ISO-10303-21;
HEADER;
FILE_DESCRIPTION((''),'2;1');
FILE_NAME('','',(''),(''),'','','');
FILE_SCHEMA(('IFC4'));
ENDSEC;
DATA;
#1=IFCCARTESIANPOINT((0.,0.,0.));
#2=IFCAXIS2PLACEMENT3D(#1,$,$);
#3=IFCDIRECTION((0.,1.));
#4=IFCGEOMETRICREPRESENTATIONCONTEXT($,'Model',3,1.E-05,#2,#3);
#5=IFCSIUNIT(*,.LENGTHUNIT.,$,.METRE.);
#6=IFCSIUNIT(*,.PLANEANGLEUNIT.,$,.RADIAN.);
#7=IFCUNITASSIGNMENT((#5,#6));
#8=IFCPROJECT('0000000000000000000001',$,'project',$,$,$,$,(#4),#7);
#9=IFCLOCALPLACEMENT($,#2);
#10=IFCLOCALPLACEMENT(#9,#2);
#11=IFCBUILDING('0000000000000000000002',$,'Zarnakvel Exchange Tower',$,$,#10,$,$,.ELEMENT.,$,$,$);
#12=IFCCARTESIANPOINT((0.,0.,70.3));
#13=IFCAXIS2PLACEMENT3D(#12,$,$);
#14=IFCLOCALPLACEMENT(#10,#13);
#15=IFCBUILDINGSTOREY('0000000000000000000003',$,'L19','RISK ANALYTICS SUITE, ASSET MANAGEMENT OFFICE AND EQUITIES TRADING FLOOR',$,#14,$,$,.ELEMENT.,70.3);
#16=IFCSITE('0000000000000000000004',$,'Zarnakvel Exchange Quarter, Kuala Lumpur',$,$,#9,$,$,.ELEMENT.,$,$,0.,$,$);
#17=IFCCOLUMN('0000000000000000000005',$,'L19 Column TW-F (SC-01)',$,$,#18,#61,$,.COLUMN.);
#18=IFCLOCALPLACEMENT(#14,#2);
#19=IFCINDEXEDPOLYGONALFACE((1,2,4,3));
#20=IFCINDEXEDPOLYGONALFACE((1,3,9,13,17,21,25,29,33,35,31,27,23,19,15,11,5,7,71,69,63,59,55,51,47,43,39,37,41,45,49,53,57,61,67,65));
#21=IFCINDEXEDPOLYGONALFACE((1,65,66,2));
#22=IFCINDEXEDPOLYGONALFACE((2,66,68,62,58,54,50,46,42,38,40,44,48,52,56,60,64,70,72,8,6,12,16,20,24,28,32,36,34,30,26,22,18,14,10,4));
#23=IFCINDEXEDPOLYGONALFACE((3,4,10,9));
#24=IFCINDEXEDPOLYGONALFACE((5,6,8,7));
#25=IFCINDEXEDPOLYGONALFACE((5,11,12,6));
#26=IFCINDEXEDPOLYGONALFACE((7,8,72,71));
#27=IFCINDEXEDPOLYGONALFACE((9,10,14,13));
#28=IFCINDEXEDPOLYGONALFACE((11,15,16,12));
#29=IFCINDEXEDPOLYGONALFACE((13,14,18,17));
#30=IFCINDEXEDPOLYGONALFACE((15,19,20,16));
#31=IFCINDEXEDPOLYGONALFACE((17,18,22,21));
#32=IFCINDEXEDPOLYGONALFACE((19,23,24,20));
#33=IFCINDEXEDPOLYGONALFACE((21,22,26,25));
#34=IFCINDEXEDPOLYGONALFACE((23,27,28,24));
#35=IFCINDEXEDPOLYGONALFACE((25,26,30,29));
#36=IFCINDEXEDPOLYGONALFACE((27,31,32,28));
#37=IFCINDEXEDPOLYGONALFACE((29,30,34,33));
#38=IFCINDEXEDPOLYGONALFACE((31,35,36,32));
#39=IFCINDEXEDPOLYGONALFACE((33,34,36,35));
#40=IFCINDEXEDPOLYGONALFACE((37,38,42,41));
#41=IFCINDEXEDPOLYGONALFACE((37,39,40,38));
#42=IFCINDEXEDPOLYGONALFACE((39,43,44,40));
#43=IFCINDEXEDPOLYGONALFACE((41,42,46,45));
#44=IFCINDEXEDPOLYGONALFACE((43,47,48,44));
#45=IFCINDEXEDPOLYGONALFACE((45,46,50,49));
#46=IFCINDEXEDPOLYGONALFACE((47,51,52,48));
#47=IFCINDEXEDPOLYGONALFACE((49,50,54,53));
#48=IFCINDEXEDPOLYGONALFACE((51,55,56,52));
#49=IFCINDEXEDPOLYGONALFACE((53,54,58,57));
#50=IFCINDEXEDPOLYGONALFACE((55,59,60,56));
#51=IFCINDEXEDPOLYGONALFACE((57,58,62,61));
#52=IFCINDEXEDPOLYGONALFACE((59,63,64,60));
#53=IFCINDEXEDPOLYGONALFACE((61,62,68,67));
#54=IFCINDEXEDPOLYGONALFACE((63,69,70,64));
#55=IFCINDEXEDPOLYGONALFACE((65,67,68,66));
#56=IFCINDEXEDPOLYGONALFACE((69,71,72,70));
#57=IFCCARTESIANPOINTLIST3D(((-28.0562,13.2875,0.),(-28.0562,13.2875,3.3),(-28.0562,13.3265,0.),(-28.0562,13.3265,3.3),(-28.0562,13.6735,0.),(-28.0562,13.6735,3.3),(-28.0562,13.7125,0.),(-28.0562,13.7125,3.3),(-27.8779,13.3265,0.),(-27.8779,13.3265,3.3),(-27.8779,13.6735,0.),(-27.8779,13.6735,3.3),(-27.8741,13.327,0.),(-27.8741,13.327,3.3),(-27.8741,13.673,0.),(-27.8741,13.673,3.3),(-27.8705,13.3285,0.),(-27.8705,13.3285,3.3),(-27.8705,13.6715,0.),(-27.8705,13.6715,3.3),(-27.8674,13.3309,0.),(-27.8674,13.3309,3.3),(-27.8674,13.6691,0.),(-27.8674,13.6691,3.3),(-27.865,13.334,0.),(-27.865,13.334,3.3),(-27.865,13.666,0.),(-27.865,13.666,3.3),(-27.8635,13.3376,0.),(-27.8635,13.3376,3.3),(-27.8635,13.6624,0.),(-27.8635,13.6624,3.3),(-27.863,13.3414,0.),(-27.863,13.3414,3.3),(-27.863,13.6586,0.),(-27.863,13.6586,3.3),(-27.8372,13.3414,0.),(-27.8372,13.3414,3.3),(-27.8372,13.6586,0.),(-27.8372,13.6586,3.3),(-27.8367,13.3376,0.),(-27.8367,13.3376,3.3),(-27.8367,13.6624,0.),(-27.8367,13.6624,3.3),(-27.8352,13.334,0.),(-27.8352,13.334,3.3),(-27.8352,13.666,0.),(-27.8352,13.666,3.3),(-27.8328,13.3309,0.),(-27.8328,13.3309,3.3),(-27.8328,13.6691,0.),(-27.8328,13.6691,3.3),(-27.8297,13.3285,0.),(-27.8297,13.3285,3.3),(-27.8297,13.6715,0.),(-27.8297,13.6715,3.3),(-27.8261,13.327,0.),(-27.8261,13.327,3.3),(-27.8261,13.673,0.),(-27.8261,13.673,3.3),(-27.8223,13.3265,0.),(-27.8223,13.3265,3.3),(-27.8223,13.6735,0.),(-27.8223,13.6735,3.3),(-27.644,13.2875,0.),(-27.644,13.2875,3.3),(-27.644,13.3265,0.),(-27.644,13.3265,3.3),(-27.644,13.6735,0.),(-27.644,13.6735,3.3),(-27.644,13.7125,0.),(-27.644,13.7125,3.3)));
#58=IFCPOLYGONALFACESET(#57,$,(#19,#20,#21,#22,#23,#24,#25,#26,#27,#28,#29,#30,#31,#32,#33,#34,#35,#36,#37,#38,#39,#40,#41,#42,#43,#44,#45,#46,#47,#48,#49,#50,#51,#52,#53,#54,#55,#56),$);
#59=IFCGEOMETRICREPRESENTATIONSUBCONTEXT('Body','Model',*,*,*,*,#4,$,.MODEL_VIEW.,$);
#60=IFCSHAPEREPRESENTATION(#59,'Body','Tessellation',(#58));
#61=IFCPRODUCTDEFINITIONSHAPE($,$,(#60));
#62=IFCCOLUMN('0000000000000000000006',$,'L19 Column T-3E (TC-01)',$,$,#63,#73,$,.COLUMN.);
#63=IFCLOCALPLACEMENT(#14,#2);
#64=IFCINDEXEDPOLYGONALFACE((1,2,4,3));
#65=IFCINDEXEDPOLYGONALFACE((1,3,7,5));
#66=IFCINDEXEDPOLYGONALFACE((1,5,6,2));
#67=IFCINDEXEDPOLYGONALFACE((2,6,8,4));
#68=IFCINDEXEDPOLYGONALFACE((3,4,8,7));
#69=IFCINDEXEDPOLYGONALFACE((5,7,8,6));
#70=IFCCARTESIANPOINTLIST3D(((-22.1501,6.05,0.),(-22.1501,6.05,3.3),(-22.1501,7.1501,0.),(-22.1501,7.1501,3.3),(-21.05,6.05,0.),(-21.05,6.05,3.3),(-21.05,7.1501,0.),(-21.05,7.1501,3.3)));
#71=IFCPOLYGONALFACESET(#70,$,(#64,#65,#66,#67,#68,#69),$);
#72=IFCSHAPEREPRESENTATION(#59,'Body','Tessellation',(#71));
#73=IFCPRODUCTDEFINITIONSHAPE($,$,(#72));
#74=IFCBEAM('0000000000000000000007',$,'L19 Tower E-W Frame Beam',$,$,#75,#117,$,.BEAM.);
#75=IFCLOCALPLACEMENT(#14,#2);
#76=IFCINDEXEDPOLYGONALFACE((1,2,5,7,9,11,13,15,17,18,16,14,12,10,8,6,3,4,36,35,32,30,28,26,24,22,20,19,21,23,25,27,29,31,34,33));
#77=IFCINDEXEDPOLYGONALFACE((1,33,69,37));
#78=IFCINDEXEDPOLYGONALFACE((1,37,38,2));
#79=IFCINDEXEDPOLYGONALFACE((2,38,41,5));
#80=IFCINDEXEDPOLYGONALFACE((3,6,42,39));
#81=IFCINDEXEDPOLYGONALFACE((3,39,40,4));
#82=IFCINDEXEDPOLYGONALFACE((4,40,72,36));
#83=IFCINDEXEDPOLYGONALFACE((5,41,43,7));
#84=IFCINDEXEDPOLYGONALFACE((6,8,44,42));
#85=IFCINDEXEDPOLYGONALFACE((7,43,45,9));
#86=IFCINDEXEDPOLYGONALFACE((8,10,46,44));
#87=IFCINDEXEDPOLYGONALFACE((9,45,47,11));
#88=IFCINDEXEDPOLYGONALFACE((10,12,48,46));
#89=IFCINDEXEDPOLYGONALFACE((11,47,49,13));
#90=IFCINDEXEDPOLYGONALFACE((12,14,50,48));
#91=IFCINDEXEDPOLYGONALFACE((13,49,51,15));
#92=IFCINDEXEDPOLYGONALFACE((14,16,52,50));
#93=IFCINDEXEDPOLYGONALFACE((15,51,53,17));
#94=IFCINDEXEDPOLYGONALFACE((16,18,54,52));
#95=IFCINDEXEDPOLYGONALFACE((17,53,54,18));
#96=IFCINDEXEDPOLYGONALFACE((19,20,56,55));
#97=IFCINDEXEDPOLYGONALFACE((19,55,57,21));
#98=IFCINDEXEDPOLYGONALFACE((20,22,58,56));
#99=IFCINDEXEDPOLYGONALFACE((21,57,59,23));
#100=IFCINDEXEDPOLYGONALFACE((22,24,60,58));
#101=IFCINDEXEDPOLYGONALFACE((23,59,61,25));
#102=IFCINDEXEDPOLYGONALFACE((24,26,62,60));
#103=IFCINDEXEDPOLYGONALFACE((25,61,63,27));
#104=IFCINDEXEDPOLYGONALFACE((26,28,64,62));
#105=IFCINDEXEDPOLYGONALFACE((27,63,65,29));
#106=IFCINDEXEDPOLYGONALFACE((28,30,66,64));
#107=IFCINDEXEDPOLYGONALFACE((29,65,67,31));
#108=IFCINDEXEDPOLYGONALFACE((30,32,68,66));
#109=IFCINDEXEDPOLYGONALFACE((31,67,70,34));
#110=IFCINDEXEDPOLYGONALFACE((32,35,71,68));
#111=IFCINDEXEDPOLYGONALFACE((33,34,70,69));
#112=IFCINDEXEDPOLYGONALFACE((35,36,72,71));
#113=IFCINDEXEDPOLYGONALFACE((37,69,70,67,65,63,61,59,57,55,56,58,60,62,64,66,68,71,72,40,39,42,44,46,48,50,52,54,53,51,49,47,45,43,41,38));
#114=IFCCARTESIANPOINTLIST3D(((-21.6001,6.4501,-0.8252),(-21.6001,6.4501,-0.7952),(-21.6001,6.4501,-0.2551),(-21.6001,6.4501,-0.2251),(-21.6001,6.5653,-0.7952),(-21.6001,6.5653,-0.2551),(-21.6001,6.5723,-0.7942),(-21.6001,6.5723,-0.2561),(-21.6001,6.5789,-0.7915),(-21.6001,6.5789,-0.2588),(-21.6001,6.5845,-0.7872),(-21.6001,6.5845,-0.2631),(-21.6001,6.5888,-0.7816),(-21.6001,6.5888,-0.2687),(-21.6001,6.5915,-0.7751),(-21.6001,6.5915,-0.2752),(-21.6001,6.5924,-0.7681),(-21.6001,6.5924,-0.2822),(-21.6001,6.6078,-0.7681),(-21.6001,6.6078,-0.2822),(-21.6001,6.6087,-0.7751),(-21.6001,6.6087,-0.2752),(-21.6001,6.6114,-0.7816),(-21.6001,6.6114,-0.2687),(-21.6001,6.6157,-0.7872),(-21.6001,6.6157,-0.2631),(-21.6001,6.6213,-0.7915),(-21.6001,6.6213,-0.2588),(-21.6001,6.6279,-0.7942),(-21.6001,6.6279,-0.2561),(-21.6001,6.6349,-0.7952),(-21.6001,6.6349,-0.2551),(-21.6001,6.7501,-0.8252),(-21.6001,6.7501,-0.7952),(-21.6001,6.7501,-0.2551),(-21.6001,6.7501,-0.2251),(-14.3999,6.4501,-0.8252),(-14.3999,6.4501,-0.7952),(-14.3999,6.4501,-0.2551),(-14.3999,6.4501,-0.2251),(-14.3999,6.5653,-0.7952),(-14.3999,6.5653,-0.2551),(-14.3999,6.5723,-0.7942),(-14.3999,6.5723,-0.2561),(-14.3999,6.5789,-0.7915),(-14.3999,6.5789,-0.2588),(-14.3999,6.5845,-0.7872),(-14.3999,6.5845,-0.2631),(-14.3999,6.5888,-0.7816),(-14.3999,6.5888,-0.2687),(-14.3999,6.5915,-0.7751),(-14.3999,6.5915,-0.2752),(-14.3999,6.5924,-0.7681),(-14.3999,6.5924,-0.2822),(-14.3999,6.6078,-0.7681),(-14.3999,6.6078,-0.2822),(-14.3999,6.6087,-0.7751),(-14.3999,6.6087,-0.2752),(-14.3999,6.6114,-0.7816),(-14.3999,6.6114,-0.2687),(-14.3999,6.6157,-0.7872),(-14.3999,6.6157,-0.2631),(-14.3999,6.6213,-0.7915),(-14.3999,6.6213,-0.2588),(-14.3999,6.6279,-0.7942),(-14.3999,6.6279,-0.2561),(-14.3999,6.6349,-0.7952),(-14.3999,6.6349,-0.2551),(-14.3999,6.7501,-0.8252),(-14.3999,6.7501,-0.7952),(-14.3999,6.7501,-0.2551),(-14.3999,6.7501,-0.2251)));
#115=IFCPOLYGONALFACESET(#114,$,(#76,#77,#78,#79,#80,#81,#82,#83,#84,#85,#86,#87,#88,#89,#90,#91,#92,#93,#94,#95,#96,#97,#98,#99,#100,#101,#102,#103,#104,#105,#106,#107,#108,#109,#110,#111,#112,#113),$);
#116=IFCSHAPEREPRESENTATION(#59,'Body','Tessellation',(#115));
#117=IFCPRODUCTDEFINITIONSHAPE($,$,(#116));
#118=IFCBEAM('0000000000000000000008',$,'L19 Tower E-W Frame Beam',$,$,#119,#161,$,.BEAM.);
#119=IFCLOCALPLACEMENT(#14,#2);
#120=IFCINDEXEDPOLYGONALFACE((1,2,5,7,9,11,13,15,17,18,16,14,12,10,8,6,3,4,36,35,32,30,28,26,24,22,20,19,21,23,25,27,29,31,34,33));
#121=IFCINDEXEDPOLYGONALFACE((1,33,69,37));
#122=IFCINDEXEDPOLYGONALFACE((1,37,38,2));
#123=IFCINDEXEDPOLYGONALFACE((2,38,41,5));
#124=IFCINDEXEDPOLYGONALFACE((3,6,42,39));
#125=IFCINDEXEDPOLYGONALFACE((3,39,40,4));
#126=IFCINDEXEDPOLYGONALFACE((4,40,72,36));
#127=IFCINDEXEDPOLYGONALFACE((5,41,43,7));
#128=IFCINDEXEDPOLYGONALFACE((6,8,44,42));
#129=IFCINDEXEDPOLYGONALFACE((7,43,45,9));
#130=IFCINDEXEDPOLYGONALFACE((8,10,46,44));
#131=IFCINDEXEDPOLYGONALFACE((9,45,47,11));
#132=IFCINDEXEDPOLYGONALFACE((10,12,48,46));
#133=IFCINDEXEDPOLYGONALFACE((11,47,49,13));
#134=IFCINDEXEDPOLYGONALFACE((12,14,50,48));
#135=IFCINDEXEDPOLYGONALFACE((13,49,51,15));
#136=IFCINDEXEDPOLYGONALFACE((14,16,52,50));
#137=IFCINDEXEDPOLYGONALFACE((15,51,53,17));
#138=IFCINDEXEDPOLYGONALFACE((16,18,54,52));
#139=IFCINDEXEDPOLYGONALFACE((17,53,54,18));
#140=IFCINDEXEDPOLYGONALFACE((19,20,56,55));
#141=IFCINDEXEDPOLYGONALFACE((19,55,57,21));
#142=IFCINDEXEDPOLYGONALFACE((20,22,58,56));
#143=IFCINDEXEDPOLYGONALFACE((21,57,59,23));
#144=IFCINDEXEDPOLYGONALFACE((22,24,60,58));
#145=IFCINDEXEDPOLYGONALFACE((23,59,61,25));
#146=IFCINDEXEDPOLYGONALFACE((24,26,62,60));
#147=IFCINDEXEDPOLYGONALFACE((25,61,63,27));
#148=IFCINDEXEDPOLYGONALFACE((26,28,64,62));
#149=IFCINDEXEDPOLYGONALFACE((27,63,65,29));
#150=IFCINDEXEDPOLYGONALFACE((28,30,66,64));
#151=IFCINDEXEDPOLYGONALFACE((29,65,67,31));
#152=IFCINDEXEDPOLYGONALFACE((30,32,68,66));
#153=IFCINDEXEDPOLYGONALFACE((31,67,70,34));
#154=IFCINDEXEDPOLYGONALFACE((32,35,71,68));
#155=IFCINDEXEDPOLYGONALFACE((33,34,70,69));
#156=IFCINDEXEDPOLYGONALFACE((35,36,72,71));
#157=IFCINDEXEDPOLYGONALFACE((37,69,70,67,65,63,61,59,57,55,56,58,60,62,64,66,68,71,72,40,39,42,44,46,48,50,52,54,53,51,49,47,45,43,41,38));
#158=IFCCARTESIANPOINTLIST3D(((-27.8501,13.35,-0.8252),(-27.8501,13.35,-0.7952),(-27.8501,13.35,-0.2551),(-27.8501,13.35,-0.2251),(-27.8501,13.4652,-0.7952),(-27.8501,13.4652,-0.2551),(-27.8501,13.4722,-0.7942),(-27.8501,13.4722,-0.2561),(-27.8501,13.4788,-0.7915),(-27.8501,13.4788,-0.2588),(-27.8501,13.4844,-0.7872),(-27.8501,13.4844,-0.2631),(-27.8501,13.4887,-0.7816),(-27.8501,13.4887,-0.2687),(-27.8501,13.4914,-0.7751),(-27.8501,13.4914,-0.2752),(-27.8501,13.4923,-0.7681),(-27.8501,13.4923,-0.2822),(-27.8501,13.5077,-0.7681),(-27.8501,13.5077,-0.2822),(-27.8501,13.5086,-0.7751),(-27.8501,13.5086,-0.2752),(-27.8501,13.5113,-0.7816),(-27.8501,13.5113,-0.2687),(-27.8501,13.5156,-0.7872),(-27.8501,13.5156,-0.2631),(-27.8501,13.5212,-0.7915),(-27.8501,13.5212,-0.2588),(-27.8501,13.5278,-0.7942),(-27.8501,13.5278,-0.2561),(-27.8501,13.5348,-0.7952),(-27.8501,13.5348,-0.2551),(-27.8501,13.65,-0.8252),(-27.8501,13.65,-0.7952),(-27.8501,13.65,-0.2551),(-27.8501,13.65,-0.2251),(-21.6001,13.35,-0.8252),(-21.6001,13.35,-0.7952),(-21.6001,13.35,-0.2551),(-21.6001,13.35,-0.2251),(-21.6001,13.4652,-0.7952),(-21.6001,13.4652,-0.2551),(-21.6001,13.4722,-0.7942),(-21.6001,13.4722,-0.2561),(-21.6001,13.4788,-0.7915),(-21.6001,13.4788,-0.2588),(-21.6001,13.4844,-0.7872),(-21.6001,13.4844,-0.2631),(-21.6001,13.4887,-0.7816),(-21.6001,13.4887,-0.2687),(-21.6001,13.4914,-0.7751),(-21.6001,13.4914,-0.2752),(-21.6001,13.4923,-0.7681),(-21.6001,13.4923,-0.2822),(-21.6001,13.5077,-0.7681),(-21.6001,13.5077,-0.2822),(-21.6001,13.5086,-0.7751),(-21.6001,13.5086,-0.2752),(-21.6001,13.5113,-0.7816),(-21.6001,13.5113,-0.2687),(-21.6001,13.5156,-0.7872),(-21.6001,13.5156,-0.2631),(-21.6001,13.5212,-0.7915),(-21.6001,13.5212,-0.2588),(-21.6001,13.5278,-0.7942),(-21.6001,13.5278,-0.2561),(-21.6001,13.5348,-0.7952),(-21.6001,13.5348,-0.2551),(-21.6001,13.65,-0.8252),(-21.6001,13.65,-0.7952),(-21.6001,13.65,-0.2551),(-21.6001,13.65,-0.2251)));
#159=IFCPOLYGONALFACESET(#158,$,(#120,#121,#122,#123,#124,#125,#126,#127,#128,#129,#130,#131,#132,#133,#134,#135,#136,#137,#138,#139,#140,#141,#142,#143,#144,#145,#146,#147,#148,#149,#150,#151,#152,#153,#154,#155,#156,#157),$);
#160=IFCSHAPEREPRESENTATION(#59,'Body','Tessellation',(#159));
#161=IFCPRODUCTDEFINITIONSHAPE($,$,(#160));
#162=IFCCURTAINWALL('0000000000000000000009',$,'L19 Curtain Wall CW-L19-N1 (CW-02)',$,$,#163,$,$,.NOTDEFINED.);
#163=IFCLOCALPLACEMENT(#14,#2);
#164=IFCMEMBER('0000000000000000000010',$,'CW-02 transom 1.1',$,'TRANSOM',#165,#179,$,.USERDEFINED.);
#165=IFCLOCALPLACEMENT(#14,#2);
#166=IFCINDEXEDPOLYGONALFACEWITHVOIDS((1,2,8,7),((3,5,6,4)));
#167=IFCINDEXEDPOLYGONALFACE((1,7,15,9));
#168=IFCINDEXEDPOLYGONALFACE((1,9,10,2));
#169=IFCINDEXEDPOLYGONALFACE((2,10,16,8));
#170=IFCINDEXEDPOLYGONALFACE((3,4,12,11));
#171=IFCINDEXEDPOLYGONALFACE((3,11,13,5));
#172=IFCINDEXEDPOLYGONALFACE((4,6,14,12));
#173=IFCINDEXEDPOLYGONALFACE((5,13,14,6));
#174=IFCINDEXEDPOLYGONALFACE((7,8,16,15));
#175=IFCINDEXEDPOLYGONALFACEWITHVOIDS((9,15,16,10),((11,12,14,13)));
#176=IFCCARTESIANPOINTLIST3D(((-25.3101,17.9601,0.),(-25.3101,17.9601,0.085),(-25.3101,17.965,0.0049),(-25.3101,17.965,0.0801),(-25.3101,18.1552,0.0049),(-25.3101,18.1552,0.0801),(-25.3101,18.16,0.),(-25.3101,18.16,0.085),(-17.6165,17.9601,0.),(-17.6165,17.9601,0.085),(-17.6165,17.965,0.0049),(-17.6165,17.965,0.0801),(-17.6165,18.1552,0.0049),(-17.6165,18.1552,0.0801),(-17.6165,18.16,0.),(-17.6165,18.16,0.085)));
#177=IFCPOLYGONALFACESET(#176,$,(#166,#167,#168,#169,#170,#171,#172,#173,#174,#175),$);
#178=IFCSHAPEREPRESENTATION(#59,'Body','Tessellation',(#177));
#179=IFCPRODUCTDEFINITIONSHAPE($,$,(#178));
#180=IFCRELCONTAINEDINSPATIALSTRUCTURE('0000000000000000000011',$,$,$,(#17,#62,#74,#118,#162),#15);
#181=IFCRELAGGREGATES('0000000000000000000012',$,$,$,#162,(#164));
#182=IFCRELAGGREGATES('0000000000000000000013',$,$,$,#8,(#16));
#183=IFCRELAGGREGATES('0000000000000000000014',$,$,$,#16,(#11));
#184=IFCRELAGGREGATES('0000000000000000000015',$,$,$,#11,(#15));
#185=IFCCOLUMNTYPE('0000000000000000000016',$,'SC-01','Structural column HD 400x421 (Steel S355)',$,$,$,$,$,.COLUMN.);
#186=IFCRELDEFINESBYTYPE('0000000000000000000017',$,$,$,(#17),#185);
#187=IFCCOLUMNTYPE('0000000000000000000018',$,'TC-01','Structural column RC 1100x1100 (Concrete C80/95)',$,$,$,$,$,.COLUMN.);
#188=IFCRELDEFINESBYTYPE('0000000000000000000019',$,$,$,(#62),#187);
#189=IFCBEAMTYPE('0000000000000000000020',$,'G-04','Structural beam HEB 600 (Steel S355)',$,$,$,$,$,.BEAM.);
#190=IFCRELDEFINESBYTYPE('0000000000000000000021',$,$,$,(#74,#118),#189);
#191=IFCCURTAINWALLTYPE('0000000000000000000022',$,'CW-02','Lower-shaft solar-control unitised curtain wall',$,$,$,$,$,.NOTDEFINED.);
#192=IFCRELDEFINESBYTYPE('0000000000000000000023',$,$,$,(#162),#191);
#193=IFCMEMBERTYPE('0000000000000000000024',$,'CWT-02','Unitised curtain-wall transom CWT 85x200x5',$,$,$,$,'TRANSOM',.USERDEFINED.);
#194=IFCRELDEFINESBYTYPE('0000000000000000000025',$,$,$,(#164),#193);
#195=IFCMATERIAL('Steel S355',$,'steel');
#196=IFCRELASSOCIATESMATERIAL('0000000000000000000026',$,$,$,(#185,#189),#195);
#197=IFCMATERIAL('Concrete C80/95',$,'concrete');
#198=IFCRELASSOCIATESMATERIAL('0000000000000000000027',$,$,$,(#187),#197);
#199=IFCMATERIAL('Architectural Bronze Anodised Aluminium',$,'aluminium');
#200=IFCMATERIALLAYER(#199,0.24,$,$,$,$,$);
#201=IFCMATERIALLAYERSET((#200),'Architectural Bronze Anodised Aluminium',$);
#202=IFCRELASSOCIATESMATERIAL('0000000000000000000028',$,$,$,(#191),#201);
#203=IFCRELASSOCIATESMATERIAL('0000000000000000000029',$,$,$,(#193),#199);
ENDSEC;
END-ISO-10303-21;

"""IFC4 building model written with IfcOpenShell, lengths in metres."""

from ifc_helpers import new_model, si_unit, direction, frame, origin, origin_2d, place, context, subcontext, project, spatial, rectangle, hollow_rectangle, i_section, extrude, source, transform, mapped, material, layer, layer_set, material_profile, profile_set, type_object, element, aggregate, save


model = new_model("IFC4")

# Units and contexts
model_context = context("Model", 3, precision=1e-05, world=origin(), true_north=direction((0.0, 1.0)))
body_context = subcontext(model_context, "Body", "Model", "MODEL_VIEW")
ifc_project = project(units=[si_unit("LENGTHUNIT", "METRE"), si_unit("PLANEANGLEUNIT", "RADIAN")], contexts=[model_context])

# Site, building, storey
site_placement = place(None, origin())
site = spatial("IfcSite", under=ifc_project, at=site_placement, Name="Zarnakvel Exchange Quarter, Kuala Lumpur", CompositionType="ELEMENT", RefElevation=0.0)
building_placement = place(site_placement, origin())
building = spatial("IfcBuilding", under=site, at=building_placement, Name="Zarnakvel Exchange Tower", CompositionType="ELEMENT")
storey_placement = place(building_placement, frame((0.0, 0.0, 70.3)))
storey = spatial("IfcBuildingStorey", under=building, at=storey_placement, Name="L19", Description="RISK ANALYTICS SUITE, ASSET MANAGEMENT OFFICE AND EQUITIES TRADING FLOOR", CompositionType="ELEMENT", Elevation=70.3)

# Columns
ifc_material_1 = material(Name="Steel S355", Category="steel")
ifc_material_profile_1 = material_profile(ifc_material_1, i_section(OverallWidth=0.4121, OverallDepth=0.425, WebThickness=0.0259, FlangeThickness=0.0391, FilletRadius=0.0149, at=origin_2d()))
ifc_profile_set_1 = profile_set([ifc_material_profile_1], Name="Steel S355")
column_type_1 = type_object("IfcColumnType", Name="SC-01", Description="Structural column HD 400x421 (Steel S355)", PredefinedType="COLUMN", material=ifc_profile_set_1)
column_1_placement = place(storey_placement, frame((-27.8501, 13.5, 0.0), z_axis=(0.0, 0.0, 1.0), x_axis=(1.0, 0.0, 0.0)))
element("IfcColumn", 1, at=column_1_placement, inside=storey, type_object=column_type_1, Name="L19 Column TW-F (SC-01)", PredefinedType="COLUMN", context=body_context, shape_type="SweptSolid", body=[
    extrude(i_section(OverallWidth=0.4121, OverallDepth=0.425, WebThickness=0.0259, FlangeThickness=0.0391, FilletRadius=0.0149, at=origin_2d()), origin(), (0.0, 0.0, 1.0), 3.3),
])
ifc_material_2 = material(Name="Concrete C80/95", Category="concrete")
ifc_material_profile_2 = material_profile(ifc_material_2, rectangle(XDim=1.1001, YDim=1.1001, at=origin_2d()))
ifc_profile_set_2 = profile_set([ifc_material_profile_2], Name="Concrete C80/95")
column_type_2 = type_object("IfcColumnType", Name="TC-01", Description="Structural column RC 1100x1100 (Concrete C80/95)", PredefinedType="COLUMN", material=ifc_profile_set_2)
column_2_placement = place(storey_placement, frame((-21.6001, 6.6001, 0.0), z_axis=(0.0, 0.0, 1.0), x_axis=(1.0, 0.0, 0.0)))
element("IfcColumn", 2, at=column_2_placement, inside=storey, type_object=column_type_2, Name="L19 Column T-3E (TC-01)", PredefinedType="COLUMN", context=body_context, shape_type="SweptSolid", body=[
    extrude(rectangle(XDim=1.1001, YDim=1.1001, at=origin_2d()), origin(), (0.0, 0.0, 1.0), 3.3),
])

# Beams
ifc_material_profile_3 = material_profile(ifc_material_1, i_section(OverallWidth=0.3, OverallDepth=0.6001, WebThickness=0.0154, FlangeThickness=0.03, FilletRadius=0.0271, at=origin_2d()))
ifc_profile_set_3 = profile_set([ifc_material_profile_3], Name="Steel S355")
beam_type = type_object("IfcBeamType", Name="G-04", Description="Structural beam HEB 600 (Steel S355)", PredefinedType="BEAM", material=ifc_profile_set_3)
beam_1_placement = place(storey_placement, frame((-21.6001, 6.6001, -0.5251), z_axis=(1.0, 0.0, 0.0), x_axis=(0.0, 1.0, 0.0)))
element("IfcBeam", 3, at=beam_1_placement, inside=storey, type_object=beam_type, Name="L19 Tower E-W Frame Beam", PredefinedType="BEAM", context=body_context, shape_type="SweptSolid", body=[
    extrude(i_section(OverallWidth=0.3, OverallDepth=0.6001, WebThickness=0.0154, FlangeThickness=0.03, FilletRadius=0.0271, at=origin_2d()), origin(), (0.0, 0.0, 1.0), 7.2002),
])
beam_2_placement = place(storey_placement, frame((-27.8501, 13.5, -0.5251), z_axis=(1.0, 0.0, 0.0), x_axis=(0.0, 1.0, 0.0)))
element("IfcBeam", 4, at=beam_2_placement, inside=storey, type_object=beam_type, Name="L19 Tower E-W Frame Beam", PredefinedType="BEAM", context=body_context, shape_type="SweptSolid", body=[
    extrude(i_section(OverallWidth=0.3, OverallDepth=0.6001, WebThickness=0.0154, FlangeThickness=0.03, FilletRadius=0.0271, at=origin_2d()), origin(), (0.0, 0.0, 1.0), 6.25),
])

# Curtain wall, member
ifc_material_3 = material(Name="Architectural Bronze Anodised Aluminium", Category="aluminium")
ifc_layer_1 = layer(ifc_material_3, 0.24)
ifc_layer_set_1 = layer_set([ifc_layer_1], Name="Architectural Bronze Anodised Aluminium")
curtain_wall_type_1 = type_object("IfcCurtainWallType", Name="CW-02", Description="Lower-shaft solar-control unitised curtain wall", PredefinedType="NOTDEFINED", material=ifc_layer_set_1)
curtain_wall_1_placement = place(storey_placement, origin())
curtain_wall_1 = element("IfcCurtainWall", 5, at=curtain_wall_1_placement, inside=storey, type_object=curtain_wall_type_1, Name="L19 Curtain Wall CW-L19-N1 (CW-02)", PredefinedType="NOTDEFINED")
ifc_material_profile_4 = material_profile(ifc_material_3, hollow_rectangle(XDim=0.2, YDim=0.085, WallThickness=0.0049, at=origin_2d()))
ifc_profile_set_4 = profile_set([ifc_material_profile_4], Name="Architectural Bronze Anodised Aluminium")
member_type_1 = type_object("IfcMemberType", Name="CWT-02", Description="Unitised curtain-wall transom CWT 85x200x5", ElementType="TRANSOM", PredefinedType="USERDEFINED", material=ifc_profile_set_4)
shared_shape_1 = source(origin(), body_context, "Body", "SweptSolid", [
    extrude(hollow_rectangle(XDim=0.2, YDim=0.085, WallThickness=0.0049, at=origin_2d()), origin(), (0.0, 0.0, 1.0), 7.6936),
])
member_1_placement = place(storey_placement, frame((-25.3101, 18.0601, 0.0425), z_axis=(1.0, 0.0, 0.0), x_axis=(0.0, 1.0, 0.0)))
member_1 = element("IfcMember", 6, at=member_1_placement, type_object=member_type_1, Name="CW-02 transom 1.1", ObjectType="TRANSOM", PredefinedType="USERDEFINED", context=body_context, shape_type="MappedRepresentation", body=[
    mapped(shared_shape_1, transform((0.0, 0.0, 0.0), x_axis=(1.0, 0.0, 0.0), y_axis=(0.0, 1.0, 0.0), z_axis=(0.0, 0.0, 1.0), scale=1.0)),
])

aggregate(curtain_wall_1, [member_1])

save(model, "model.ifc")
